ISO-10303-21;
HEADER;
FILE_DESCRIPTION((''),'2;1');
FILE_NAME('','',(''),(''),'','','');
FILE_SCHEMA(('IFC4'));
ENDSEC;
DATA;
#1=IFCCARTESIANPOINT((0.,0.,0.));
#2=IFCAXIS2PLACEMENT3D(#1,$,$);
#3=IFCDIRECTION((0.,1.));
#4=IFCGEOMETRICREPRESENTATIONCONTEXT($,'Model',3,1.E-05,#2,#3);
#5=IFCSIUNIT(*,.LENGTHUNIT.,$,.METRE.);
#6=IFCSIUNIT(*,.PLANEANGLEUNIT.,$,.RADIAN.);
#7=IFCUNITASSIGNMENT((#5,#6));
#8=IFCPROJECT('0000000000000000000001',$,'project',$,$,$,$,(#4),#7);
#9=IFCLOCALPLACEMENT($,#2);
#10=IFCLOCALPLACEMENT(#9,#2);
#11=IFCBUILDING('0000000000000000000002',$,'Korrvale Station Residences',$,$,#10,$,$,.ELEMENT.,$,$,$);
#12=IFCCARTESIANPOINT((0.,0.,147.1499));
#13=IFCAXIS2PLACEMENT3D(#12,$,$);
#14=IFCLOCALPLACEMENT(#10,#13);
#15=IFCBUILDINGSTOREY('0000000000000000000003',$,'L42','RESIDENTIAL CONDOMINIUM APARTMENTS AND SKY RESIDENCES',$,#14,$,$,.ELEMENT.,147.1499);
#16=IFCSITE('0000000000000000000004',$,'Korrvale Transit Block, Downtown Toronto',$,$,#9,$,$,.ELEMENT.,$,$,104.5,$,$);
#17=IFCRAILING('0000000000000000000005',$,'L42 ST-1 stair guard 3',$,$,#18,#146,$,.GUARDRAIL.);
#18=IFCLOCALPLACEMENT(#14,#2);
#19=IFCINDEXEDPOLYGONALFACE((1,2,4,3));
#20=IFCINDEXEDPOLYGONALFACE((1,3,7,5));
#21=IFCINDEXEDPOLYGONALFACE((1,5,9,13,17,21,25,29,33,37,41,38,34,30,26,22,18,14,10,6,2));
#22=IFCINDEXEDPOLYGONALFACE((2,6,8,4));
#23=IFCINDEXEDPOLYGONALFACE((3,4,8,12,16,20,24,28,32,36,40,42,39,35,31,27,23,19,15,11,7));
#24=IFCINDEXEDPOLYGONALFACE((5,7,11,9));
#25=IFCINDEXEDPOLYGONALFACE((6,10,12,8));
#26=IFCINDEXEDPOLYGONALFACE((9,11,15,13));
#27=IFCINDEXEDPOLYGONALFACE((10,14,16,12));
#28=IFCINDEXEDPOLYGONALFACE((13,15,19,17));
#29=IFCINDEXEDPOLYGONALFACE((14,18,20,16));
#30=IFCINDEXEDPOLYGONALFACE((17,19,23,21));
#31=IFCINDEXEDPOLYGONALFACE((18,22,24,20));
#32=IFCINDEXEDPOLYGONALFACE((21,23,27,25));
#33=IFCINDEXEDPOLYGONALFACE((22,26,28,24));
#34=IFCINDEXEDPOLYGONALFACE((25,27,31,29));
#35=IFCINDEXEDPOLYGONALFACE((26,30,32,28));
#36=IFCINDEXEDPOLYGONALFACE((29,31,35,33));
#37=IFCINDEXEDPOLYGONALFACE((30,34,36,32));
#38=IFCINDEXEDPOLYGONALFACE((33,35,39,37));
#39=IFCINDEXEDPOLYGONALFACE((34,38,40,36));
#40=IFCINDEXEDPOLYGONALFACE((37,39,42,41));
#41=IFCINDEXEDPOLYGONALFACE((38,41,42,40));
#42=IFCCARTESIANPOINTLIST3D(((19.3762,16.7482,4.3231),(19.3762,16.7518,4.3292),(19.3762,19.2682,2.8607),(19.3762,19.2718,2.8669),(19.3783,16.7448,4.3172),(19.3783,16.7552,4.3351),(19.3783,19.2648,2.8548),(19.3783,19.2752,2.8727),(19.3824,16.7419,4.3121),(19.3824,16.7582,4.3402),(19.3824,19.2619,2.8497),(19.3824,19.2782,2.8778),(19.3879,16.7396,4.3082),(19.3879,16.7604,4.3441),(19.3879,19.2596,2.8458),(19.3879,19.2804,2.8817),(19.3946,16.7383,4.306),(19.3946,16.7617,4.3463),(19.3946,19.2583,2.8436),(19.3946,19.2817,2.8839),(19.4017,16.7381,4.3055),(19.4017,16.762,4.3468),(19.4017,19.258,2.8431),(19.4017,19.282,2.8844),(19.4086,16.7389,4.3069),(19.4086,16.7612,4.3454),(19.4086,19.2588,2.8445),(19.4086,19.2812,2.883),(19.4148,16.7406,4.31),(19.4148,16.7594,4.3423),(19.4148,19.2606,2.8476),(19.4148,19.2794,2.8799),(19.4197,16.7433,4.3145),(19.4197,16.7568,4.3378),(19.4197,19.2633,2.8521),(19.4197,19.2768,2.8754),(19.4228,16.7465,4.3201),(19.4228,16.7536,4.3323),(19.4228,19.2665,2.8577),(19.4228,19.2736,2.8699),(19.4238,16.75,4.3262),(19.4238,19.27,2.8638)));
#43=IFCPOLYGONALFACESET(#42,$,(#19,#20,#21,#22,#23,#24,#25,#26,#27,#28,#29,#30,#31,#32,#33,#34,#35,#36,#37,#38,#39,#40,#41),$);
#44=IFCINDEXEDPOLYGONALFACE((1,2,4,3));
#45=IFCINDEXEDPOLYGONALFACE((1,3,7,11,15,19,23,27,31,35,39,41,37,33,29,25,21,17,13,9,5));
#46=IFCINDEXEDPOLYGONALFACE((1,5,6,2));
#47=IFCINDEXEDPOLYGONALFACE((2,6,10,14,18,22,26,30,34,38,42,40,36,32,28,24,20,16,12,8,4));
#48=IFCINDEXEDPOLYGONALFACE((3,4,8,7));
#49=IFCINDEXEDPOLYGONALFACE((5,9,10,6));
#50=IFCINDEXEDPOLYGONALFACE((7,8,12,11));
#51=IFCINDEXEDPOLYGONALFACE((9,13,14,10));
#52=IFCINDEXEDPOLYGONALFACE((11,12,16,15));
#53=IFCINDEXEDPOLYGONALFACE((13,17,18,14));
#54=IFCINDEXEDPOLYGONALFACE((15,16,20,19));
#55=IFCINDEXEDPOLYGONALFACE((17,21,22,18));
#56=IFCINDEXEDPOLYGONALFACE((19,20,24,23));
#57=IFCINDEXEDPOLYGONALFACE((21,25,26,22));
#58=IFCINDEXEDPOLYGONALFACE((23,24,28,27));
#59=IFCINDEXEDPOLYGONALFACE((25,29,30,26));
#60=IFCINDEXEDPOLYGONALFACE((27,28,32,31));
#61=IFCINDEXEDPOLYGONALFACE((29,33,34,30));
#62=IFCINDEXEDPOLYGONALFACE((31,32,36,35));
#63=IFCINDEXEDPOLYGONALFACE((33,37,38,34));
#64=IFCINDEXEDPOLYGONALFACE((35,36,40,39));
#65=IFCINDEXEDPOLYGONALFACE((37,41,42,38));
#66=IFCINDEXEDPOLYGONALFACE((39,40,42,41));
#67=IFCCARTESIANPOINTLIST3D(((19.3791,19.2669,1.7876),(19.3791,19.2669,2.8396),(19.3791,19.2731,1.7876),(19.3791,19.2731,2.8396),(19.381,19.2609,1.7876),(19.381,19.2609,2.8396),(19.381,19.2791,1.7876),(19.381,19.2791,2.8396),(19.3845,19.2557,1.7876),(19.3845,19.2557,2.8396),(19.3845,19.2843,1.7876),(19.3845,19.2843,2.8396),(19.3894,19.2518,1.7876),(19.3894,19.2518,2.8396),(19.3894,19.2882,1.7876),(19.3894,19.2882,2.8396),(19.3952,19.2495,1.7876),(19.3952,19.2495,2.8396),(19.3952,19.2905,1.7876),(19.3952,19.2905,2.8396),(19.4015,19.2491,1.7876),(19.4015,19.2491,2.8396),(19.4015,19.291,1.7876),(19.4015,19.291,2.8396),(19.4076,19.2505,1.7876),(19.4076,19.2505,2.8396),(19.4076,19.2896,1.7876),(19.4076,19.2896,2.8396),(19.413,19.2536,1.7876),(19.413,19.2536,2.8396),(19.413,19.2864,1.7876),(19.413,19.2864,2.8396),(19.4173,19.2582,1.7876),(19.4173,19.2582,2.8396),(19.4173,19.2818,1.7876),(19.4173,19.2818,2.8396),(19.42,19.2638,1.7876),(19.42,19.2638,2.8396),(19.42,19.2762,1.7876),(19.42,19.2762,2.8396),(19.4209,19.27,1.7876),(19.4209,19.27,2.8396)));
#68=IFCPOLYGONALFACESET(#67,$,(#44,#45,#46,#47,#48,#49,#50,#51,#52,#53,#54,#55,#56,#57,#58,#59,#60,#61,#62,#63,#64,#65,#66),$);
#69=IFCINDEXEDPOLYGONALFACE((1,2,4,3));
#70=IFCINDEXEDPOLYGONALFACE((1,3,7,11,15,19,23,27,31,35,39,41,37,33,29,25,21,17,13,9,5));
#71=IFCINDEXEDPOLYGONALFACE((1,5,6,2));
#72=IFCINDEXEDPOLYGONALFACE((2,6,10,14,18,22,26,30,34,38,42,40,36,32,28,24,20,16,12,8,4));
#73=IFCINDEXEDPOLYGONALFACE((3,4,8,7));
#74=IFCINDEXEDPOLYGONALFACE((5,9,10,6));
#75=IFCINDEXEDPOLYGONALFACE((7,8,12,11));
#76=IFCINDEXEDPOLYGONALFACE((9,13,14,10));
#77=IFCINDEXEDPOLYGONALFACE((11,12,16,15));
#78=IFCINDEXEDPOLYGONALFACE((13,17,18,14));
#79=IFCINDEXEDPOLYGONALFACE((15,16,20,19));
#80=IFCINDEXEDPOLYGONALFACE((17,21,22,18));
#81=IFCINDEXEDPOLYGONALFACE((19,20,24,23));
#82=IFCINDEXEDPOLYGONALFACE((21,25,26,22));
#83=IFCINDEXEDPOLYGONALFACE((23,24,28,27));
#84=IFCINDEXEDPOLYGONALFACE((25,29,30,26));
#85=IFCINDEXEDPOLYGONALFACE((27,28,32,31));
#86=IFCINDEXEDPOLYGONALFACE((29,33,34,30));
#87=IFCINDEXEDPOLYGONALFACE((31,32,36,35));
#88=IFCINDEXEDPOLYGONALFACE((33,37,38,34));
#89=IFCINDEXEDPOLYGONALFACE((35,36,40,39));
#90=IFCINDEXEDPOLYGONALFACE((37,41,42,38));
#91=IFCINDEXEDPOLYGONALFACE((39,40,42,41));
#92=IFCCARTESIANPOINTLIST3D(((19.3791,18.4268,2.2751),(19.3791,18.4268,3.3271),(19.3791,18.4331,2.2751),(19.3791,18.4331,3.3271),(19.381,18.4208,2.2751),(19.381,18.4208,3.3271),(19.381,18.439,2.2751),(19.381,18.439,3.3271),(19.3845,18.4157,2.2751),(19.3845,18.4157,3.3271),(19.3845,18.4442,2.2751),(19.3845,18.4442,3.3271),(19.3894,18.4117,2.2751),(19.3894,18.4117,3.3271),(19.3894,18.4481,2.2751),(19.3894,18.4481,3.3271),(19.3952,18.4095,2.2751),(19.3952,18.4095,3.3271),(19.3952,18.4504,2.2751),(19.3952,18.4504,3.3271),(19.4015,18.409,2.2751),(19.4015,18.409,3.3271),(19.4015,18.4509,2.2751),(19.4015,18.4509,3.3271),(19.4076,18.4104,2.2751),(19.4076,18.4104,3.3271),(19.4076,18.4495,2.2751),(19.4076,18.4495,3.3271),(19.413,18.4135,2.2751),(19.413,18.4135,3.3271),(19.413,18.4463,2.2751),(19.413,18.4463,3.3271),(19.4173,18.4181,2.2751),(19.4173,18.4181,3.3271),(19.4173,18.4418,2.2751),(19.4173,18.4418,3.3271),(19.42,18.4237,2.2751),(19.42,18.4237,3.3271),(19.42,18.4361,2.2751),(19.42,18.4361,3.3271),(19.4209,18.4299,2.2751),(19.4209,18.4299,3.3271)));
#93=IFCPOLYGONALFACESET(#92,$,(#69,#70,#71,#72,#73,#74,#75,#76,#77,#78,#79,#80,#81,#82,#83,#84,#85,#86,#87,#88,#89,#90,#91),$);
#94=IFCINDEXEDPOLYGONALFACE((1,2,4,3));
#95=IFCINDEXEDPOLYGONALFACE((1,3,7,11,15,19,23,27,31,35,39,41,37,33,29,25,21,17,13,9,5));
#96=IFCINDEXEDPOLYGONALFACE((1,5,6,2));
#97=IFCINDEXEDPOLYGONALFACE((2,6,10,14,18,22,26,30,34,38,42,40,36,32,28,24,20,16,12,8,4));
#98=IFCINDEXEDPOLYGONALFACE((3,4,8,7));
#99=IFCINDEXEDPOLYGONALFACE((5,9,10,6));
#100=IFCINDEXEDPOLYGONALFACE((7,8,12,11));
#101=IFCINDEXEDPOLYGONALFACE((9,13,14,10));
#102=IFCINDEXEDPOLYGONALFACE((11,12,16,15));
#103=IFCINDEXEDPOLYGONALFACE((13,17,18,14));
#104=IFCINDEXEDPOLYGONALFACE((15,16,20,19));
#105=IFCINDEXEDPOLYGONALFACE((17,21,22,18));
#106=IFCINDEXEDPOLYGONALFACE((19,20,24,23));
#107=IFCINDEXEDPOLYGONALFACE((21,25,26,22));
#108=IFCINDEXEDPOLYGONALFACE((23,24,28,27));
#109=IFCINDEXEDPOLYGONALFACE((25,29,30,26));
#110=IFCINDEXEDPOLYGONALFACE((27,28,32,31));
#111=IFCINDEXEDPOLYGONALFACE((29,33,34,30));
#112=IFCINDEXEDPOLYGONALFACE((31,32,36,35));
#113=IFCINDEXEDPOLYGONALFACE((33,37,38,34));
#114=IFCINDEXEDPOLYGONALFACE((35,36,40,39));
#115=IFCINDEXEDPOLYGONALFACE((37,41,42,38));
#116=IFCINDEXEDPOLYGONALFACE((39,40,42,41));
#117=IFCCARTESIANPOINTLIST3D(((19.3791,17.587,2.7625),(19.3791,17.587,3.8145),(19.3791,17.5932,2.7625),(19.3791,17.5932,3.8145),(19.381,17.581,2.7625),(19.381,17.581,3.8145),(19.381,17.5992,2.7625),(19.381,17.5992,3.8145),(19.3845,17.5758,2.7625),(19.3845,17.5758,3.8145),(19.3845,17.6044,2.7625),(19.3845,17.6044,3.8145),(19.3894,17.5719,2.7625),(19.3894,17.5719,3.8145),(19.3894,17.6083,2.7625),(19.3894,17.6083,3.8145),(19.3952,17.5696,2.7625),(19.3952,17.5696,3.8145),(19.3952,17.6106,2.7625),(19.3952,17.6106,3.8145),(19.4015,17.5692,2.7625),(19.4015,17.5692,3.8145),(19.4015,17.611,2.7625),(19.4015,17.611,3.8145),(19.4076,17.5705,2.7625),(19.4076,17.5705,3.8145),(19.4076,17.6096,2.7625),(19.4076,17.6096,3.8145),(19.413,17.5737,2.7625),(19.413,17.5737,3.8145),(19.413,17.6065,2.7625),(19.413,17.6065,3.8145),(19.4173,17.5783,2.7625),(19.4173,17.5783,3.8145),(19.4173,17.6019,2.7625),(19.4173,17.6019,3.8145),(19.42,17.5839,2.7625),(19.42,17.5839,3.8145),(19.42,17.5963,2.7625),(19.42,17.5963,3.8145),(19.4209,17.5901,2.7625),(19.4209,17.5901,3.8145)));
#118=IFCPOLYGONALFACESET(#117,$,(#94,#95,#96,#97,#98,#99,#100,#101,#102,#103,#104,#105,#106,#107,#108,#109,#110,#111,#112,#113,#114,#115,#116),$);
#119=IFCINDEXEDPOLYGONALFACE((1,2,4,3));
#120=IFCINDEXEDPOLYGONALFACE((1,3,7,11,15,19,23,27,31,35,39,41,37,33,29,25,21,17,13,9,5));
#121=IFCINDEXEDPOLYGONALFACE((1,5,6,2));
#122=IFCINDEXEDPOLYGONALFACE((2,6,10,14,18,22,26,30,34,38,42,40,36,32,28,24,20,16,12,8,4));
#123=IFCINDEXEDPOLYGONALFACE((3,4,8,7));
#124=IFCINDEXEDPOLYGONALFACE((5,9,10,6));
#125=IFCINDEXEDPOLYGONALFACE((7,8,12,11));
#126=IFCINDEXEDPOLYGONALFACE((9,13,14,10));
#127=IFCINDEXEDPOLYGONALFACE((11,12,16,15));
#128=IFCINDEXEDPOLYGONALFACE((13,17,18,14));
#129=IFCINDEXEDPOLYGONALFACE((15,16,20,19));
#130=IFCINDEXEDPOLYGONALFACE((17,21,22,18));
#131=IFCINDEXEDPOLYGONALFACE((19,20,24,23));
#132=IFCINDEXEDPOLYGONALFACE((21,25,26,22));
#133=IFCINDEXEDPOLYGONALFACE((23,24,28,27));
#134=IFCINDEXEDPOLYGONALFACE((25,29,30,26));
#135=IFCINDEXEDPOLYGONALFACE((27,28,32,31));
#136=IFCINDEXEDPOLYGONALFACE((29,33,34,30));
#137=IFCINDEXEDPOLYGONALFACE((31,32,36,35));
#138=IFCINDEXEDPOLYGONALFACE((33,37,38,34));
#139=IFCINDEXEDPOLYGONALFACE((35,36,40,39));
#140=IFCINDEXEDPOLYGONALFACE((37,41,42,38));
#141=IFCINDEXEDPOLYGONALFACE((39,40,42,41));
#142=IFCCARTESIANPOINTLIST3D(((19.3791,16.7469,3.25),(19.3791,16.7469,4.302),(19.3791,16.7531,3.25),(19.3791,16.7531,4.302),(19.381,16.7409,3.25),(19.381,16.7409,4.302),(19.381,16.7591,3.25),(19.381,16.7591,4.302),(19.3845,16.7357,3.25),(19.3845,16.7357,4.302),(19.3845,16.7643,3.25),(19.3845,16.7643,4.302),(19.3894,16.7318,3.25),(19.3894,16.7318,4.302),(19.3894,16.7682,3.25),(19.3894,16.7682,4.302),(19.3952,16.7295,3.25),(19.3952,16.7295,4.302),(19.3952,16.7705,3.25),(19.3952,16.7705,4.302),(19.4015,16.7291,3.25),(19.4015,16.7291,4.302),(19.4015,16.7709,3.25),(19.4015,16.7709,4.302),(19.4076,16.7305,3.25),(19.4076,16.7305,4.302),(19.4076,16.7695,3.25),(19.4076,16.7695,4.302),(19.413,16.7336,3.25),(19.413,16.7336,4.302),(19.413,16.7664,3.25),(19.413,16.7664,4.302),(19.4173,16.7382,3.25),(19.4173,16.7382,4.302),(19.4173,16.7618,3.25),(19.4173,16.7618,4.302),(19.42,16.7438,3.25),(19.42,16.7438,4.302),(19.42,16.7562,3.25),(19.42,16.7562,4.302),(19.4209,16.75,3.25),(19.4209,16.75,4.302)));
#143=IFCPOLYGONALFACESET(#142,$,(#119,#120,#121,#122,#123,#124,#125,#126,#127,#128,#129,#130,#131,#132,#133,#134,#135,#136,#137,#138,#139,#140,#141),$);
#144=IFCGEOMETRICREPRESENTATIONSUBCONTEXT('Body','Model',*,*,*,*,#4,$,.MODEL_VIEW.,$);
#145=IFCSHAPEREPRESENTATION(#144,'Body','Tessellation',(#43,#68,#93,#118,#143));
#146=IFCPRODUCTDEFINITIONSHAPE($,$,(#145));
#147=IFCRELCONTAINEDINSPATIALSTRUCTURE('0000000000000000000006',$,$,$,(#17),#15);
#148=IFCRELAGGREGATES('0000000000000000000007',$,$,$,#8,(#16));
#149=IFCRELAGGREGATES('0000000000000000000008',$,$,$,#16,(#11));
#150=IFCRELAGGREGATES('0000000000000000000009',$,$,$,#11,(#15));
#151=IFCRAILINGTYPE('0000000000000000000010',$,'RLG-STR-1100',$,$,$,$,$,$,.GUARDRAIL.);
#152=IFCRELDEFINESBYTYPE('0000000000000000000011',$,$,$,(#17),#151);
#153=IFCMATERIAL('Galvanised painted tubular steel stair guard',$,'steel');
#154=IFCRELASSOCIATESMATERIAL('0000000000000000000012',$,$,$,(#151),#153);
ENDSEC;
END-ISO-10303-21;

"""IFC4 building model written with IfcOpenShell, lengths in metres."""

from ifc_helpers import new_model, si_unit, direction, frame, origin, origin_2d, place, context, subcontext, project, spatial, circle, extrude, material, type_object, element, save


model = new_model("IFC4")

# Units and contexts
model_context = context("Model", 3, precision=1e-05, world=origin(), true_north=direction((0.0, 1.0)))
body_context = subcontext(model_context, "Body", "Model", "MODEL_VIEW")
ifc_project = project(units=[si_unit("LENGTHUNIT", "METRE"), si_unit("PLANEANGLEUNIT", "RADIAN")], contexts=[model_context])

# Site, building, storey
site_placement = place(None, origin())
site = spatial("IfcSite", under=ifc_project, at=site_placement, Name="Korrvale Transit Block, Downtown Toronto", CompositionType="ELEMENT", RefElevation=104.5)
building_placement = place(site_placement, origin())
building = spatial("IfcBuilding", under=site, at=building_placement, Name="Korrvale Station Residences", CompositionType="ELEMENT")
storey_placement = place(building_placement, frame((0.0, 0.0, 147.1499)))
storey = spatial("IfcBuildingStorey", under=building, at=storey_placement, Name="L42", Description="RESIDENTIAL CONDOMINIUM APARTMENTS AND SKY RESIDENCES", CompositionType="ELEMENT", Elevation=147.1499)

# Railing
ifc_material_1 = material(Name="Galvanised painted tubular steel stair guard", Category="steel")
railing_type_1 = type_object("IfcRailingType", Name="RLG-STR-1100", PredefinedType="GUARDRAIL", material=ifc_material_1)
railing_1_placement = place(storey_placement, frame((19.3999, 19.27, 1.7876)))
element("IfcRailing", 1, at=railing_1_placement, inside=storey, type_object=railing_type_1, Name="L42 ST-1 stair guard 3", PredefinedType="GUARDRAIL", context=body_context, shape_type="SweptSolid", body=[
    extrude(circle(Radius=0.0239, at=origin_2d()), frame((0.0, 0.0, 1.0762), z_axis=(0.0, -0.864913, 0.501921), x_axis=(1.0, 0.0, 0.0)), (0.0, 0.0, 1.0), 2.9136),
    extrude(circle(Radius=0.021, at=origin_2d()), origin(), (0.0, 0.0, 1.0), 1.052),
    extrude(circle(Radius=0.021, at=origin_2d()), frame((0.0, -0.8401, 0.4875)), (0.0, 0.0, 1.0), 1.052),
    extrude(circle(Radius=0.021, at=origin_2d()), frame((0.0, -1.6799, 0.9749)), (0.0, 0.0, 1.0), 1.052),
    extrude(circle(Radius=0.021, at=origin_2d()), frame((0.0, -2.52, 1.4624)), (0.0, 0.0, 1.0), 1.052),
])

save(model, "model.ifc")
